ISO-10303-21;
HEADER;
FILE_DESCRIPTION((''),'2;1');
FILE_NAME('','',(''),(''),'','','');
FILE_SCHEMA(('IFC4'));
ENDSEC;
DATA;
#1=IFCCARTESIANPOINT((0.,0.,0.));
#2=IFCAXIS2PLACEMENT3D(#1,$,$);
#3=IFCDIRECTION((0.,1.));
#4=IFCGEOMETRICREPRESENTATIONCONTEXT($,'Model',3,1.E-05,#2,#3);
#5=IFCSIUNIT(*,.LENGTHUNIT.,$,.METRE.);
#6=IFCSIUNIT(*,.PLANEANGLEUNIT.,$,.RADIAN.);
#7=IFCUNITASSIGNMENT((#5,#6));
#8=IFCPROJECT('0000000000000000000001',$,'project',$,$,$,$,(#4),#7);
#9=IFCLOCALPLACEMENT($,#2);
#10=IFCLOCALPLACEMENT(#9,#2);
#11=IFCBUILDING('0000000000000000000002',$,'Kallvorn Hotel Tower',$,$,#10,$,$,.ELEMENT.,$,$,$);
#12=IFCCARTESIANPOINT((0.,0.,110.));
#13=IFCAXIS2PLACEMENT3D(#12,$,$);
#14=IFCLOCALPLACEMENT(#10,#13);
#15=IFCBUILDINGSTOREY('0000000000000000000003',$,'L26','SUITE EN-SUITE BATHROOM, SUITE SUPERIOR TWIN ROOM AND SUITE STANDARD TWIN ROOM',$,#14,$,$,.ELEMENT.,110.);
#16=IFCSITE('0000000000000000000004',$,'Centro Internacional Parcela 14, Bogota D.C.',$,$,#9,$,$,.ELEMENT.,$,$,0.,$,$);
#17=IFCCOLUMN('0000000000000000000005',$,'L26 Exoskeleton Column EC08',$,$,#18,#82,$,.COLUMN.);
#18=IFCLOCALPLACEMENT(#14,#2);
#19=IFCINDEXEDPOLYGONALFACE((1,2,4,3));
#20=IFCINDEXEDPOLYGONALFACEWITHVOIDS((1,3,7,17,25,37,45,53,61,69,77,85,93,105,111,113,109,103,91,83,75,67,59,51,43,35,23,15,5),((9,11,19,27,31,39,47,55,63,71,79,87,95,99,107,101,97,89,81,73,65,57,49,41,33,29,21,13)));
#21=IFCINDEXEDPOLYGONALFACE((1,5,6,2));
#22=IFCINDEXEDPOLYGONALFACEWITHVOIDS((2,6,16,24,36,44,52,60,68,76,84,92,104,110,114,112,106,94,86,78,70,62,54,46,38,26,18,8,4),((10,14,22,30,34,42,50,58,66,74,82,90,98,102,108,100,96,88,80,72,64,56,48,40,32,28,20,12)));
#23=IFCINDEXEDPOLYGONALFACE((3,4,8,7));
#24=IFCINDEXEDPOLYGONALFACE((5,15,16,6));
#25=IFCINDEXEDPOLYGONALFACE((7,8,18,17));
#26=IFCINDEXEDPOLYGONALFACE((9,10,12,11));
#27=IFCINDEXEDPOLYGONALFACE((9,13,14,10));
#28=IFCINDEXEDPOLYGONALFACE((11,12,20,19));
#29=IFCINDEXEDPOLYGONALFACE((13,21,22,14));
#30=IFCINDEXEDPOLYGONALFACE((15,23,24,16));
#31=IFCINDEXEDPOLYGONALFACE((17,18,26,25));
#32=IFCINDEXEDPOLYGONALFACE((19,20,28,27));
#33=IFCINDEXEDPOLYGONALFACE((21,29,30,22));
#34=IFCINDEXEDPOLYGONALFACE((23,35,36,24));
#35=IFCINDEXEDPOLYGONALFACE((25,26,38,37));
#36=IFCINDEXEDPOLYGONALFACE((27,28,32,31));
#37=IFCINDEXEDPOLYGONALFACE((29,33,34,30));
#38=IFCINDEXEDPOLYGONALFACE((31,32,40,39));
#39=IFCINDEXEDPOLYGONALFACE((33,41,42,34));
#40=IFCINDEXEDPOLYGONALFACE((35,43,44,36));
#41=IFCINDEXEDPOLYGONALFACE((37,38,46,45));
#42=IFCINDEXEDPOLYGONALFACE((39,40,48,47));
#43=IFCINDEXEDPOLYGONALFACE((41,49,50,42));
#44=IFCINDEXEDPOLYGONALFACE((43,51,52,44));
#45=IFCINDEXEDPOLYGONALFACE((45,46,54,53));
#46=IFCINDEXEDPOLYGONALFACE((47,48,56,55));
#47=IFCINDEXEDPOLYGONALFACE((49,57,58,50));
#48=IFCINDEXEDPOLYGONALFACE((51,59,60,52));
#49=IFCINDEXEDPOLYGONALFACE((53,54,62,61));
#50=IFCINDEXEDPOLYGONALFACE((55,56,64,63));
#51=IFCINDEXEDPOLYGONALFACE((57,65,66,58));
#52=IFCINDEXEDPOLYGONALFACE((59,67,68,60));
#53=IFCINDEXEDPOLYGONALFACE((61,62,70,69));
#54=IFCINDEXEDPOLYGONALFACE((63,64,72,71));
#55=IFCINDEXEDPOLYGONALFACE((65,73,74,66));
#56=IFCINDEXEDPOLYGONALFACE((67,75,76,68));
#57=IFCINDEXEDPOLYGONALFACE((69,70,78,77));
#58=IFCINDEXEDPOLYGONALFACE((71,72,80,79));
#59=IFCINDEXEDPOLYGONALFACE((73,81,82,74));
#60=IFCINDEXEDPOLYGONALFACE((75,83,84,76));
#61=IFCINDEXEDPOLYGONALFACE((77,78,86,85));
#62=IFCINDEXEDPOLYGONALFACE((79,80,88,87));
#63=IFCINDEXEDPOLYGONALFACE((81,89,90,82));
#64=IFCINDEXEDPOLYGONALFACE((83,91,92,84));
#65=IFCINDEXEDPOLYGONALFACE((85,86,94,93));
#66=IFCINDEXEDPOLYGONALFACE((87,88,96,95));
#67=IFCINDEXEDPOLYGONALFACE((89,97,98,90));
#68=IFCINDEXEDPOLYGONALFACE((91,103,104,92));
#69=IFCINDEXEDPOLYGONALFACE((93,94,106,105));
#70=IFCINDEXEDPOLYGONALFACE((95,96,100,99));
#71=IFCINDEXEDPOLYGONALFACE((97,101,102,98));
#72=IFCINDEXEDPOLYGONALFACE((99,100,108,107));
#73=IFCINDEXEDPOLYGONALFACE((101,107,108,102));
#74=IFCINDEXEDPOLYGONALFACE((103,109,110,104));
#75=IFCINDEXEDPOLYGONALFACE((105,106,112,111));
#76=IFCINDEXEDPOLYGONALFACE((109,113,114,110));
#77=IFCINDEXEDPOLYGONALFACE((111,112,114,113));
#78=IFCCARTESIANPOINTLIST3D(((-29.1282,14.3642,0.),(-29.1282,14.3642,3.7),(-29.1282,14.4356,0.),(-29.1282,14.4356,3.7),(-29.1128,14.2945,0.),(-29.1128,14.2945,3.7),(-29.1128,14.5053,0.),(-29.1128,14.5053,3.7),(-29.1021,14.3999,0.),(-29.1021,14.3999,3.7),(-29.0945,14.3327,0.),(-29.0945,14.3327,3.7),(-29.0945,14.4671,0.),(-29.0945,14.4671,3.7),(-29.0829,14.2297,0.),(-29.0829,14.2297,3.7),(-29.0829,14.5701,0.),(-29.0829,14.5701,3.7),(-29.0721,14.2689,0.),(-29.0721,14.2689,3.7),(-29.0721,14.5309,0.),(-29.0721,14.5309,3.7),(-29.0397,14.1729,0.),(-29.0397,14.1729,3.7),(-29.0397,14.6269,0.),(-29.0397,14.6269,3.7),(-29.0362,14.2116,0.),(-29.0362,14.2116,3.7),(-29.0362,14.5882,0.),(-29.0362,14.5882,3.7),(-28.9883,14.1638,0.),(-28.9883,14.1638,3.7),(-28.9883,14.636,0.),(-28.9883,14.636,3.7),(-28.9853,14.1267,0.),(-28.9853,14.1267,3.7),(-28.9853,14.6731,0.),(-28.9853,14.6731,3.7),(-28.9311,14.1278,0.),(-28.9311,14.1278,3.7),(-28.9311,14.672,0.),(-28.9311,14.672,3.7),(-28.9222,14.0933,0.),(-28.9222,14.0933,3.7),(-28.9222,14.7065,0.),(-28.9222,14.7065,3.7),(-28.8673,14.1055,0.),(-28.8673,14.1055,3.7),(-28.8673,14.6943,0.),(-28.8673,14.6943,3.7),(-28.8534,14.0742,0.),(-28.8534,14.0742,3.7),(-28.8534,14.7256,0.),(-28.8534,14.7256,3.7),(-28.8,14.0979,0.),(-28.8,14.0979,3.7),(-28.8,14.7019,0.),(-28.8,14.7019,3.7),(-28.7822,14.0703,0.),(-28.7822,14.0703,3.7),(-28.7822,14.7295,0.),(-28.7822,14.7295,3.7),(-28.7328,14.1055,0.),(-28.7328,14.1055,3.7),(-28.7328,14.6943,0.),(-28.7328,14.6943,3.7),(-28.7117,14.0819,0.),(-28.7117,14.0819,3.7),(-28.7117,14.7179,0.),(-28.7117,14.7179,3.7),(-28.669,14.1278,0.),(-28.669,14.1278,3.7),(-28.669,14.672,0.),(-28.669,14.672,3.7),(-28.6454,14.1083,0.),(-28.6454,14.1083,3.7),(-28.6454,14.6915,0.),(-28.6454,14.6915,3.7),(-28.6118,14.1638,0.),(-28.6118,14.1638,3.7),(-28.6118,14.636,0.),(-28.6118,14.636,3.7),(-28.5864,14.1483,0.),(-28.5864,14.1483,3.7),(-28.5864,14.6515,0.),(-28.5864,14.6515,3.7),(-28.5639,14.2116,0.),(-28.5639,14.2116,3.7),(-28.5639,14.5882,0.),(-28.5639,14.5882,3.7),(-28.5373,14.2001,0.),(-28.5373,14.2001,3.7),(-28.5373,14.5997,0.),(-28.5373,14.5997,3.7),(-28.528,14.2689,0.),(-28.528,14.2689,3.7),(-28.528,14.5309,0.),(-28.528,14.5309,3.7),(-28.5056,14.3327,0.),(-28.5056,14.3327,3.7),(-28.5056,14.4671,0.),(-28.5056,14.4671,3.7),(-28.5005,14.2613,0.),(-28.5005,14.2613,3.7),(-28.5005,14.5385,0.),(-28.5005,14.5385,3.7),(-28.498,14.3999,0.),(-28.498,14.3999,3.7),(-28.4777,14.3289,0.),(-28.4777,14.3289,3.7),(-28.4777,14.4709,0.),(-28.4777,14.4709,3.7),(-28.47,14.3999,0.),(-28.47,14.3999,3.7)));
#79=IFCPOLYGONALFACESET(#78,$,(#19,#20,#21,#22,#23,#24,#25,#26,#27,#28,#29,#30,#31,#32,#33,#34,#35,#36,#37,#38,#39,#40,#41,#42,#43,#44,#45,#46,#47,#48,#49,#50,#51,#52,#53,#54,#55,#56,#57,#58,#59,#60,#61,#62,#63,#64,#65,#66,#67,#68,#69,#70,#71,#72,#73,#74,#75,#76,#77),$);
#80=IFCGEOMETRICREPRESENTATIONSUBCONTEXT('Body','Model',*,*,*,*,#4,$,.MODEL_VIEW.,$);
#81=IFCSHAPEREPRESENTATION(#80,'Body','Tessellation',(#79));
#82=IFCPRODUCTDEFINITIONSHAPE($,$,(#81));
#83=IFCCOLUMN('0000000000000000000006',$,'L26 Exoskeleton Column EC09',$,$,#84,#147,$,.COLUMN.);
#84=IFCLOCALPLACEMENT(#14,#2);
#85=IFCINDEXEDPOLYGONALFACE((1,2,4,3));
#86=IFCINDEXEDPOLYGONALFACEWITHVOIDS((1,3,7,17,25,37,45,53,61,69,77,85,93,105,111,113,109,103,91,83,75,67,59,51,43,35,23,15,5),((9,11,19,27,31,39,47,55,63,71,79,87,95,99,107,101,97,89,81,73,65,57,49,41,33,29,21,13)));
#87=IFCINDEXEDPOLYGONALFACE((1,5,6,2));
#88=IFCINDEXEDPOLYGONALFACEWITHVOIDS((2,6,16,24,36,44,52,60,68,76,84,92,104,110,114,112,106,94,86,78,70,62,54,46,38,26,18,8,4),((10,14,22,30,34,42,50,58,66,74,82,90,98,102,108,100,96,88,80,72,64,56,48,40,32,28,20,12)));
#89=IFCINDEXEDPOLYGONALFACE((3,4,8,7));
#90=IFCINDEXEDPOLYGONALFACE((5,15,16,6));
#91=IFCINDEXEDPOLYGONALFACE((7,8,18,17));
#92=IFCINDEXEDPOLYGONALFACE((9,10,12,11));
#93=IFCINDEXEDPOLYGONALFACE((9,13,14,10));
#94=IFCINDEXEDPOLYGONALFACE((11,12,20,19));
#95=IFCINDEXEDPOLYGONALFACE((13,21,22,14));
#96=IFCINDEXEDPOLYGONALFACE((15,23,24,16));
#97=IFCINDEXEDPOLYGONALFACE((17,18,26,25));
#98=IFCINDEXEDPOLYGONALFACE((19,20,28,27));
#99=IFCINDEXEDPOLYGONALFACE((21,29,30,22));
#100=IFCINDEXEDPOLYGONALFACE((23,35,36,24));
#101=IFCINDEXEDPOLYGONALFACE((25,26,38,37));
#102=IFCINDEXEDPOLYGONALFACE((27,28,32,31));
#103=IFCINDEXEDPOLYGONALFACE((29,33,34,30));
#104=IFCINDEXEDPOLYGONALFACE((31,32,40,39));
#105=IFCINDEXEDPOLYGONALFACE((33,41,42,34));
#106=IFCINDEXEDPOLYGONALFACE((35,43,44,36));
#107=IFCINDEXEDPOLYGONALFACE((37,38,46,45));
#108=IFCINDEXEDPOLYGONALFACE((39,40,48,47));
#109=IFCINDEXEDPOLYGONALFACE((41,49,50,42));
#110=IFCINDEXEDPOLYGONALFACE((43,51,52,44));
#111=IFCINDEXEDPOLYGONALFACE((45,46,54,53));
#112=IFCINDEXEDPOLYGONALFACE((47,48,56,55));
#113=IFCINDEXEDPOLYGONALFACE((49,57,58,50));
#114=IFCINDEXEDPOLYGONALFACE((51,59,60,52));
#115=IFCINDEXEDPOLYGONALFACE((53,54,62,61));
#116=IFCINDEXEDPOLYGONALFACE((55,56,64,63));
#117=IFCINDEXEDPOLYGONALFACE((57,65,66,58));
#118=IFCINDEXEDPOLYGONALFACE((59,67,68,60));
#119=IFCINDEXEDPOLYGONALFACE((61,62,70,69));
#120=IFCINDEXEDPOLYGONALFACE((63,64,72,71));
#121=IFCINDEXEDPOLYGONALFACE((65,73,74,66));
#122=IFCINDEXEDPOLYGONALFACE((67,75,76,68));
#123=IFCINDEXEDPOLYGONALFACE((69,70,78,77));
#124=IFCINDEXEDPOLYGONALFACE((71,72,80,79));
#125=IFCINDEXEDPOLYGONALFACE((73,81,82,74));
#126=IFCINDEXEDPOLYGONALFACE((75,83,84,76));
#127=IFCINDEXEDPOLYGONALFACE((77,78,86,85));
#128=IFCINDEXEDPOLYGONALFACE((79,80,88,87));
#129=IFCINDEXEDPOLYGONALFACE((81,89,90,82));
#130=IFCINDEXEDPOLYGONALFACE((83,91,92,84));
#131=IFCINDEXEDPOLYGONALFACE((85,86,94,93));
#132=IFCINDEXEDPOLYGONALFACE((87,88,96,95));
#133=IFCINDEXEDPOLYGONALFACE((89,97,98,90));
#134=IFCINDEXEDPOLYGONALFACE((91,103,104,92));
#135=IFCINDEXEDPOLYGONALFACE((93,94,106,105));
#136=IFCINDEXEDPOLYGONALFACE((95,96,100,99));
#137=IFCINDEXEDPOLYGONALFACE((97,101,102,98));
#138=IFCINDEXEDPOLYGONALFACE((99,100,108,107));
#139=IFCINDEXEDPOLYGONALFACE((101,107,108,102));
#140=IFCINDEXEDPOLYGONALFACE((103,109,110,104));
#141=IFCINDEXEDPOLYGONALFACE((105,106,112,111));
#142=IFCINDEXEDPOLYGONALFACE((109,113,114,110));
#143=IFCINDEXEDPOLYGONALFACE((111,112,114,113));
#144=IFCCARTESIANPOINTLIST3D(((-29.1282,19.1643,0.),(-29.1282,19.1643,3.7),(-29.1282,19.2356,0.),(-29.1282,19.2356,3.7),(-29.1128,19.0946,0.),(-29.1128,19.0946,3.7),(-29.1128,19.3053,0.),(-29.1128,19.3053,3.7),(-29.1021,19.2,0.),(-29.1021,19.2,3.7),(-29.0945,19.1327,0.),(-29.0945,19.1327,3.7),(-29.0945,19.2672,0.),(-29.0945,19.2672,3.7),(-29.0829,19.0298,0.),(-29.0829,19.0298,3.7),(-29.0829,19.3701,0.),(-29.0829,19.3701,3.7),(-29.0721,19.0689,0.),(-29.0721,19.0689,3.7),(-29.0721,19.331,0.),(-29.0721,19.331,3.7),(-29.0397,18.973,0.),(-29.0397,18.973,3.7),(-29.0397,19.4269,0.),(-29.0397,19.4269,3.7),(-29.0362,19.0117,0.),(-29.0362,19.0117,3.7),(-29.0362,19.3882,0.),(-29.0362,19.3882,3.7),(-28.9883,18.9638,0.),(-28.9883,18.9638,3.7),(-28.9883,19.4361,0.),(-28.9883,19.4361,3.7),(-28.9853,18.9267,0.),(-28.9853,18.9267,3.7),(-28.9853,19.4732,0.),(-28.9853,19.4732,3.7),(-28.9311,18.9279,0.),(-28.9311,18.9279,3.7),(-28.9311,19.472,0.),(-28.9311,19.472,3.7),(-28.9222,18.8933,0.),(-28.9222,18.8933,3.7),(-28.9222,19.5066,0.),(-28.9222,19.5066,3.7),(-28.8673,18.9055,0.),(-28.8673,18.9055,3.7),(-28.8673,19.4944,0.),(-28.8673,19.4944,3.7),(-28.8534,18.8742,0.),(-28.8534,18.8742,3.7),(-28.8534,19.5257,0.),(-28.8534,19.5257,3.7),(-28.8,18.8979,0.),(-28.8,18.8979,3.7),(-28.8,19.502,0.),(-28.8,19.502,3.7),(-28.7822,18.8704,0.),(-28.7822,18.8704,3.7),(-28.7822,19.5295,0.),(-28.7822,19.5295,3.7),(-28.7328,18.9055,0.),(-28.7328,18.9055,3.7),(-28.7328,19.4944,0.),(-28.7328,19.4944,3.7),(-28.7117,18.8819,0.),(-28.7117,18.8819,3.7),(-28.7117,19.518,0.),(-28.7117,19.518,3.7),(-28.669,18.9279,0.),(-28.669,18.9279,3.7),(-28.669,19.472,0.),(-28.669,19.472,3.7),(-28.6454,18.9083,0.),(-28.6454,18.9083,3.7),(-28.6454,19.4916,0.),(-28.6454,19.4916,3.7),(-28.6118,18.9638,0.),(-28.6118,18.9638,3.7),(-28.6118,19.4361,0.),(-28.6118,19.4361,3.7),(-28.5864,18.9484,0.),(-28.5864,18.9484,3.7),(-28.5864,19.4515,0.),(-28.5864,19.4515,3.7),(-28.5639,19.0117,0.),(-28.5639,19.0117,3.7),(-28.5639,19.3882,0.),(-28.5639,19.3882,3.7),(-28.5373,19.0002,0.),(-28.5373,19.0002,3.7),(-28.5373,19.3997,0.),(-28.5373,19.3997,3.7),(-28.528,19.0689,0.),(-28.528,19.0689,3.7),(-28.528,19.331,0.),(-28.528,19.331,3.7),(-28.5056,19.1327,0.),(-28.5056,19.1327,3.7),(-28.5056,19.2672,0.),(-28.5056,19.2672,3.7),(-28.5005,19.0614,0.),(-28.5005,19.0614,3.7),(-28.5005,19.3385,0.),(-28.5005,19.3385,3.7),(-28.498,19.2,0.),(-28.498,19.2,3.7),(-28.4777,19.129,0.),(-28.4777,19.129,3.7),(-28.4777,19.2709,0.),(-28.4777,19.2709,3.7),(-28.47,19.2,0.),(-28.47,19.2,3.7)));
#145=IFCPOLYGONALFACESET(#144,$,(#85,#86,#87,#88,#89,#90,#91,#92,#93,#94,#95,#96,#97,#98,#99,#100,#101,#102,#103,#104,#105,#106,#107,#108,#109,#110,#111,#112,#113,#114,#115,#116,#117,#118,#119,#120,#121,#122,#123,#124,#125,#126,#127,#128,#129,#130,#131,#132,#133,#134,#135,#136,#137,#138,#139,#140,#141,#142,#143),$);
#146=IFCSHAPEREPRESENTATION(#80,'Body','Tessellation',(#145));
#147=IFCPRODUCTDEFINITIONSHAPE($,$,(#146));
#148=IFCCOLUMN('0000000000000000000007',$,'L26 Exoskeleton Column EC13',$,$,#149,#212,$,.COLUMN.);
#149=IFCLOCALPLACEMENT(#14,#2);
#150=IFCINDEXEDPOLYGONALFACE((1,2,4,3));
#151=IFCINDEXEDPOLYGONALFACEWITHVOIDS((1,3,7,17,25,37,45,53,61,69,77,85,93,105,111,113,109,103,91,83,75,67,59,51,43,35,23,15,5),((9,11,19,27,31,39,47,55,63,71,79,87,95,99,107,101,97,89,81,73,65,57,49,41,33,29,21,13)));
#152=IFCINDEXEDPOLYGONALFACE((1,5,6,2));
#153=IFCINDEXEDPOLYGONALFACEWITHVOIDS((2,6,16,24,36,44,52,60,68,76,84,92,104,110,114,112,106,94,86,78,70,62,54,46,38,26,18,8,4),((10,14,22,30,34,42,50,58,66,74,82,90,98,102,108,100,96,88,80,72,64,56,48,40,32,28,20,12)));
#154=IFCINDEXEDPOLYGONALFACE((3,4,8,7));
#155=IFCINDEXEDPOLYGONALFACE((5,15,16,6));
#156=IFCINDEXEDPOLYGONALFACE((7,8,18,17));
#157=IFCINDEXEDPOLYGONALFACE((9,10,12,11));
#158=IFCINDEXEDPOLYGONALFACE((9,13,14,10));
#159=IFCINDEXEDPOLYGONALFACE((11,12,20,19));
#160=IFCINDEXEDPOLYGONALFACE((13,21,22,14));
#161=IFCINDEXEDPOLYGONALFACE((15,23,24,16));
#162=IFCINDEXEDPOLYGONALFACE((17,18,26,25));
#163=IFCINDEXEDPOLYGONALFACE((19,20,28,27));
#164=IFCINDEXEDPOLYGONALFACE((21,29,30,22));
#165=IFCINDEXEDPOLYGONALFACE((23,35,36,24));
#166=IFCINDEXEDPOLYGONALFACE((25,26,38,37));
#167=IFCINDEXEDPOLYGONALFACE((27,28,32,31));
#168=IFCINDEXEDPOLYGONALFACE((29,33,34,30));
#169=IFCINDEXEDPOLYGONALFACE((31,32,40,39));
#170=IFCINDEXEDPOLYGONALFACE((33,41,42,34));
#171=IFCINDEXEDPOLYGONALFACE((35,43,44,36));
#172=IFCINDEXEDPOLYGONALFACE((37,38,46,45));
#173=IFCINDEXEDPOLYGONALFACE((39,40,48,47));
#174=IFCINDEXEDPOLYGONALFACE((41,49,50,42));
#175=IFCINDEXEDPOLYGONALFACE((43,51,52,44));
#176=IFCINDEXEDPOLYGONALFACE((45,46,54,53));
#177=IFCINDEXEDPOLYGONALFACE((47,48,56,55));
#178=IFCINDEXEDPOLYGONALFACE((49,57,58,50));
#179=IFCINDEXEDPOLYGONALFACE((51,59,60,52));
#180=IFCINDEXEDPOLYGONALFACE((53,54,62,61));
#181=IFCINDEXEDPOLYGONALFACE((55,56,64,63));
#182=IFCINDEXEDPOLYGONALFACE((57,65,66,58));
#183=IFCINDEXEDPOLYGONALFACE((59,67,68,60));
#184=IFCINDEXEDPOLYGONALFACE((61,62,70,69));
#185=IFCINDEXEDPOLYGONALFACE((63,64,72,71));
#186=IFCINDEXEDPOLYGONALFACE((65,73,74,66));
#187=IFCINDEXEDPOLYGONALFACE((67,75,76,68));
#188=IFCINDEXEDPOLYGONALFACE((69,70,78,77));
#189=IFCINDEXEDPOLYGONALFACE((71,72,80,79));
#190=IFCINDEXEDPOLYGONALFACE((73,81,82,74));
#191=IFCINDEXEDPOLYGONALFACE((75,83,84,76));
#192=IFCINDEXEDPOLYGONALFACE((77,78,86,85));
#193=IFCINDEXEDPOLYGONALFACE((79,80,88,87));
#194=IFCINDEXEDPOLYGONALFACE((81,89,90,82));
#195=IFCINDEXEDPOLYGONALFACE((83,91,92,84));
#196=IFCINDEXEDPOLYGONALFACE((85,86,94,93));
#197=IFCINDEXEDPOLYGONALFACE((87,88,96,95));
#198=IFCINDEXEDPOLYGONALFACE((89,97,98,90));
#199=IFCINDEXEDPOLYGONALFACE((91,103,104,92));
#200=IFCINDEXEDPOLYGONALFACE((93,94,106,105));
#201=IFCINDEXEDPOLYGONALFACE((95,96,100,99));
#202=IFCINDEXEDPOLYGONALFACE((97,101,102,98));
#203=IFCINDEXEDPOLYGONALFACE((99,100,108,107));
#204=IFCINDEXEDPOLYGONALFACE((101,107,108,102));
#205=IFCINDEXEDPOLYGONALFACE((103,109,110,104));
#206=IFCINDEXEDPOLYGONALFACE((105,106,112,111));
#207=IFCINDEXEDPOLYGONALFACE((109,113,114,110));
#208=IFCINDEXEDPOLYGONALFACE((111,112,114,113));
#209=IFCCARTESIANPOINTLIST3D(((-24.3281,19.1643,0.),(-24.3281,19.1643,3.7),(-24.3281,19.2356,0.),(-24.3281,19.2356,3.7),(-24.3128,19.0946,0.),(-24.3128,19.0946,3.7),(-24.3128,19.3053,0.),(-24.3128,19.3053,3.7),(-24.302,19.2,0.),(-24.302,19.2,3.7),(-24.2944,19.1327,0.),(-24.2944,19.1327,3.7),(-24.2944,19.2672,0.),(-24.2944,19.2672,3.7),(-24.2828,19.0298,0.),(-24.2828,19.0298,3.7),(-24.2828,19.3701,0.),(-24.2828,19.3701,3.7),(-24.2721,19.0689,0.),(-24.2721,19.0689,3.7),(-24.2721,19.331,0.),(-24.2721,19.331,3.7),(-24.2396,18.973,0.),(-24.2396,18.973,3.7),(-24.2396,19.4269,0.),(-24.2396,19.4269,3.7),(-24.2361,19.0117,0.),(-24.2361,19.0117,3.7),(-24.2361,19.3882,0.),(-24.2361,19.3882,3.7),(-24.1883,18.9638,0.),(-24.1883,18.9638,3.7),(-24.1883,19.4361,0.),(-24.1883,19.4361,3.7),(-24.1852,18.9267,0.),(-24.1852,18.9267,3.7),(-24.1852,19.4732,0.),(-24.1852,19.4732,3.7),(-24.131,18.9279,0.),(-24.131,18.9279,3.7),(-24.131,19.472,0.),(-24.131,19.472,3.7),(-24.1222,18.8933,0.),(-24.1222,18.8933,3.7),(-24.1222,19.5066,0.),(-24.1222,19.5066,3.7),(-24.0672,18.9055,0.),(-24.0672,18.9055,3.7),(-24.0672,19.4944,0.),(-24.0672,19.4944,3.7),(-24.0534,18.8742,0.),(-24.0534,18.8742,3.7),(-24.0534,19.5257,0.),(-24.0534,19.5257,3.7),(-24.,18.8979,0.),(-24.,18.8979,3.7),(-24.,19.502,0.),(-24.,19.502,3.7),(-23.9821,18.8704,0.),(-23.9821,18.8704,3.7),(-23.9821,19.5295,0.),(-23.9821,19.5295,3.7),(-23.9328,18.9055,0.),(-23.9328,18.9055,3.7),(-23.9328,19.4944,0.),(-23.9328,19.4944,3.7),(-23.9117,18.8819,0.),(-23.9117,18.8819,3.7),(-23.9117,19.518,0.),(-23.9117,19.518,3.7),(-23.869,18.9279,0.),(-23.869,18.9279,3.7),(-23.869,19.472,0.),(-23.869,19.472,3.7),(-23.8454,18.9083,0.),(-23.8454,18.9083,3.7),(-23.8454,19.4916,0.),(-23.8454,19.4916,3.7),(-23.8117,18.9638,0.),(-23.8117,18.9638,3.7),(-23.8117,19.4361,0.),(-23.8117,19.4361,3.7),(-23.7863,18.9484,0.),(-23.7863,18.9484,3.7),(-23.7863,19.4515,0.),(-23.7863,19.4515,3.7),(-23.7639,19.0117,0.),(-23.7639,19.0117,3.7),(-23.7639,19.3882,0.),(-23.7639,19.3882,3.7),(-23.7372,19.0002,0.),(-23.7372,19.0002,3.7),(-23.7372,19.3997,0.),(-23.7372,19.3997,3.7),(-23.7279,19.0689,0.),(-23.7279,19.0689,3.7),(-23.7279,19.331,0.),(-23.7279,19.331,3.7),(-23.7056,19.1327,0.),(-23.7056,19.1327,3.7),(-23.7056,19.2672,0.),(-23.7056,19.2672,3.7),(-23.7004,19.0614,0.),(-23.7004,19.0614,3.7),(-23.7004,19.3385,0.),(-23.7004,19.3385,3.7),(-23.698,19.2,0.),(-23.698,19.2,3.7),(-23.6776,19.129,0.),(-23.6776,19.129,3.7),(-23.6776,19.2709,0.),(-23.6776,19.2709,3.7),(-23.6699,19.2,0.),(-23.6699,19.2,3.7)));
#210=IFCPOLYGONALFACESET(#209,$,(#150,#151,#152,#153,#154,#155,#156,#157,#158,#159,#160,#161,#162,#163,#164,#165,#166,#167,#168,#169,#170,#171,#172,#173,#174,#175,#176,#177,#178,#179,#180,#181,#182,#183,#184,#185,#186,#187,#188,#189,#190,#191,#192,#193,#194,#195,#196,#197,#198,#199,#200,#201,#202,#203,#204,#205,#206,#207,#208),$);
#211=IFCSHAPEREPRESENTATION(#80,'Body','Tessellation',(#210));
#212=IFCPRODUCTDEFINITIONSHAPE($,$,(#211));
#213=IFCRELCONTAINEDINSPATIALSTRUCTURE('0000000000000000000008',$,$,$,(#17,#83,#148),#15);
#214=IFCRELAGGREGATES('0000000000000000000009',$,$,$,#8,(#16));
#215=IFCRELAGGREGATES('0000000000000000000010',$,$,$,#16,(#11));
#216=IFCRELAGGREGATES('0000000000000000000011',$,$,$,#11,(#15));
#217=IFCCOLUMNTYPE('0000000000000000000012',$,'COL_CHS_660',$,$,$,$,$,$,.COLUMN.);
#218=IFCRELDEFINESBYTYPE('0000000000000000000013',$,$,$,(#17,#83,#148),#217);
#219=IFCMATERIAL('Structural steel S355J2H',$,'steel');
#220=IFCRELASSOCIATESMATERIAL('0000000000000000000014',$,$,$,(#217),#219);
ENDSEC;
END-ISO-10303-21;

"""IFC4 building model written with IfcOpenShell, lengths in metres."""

from ifc_helpers import new_model, si_unit, direction, frame, origin, origin_2d, place, context, subcontext, project, spatial, hollow_circle, extrude, material, material_profile, profile_set, type_object, element, save


model = new_model("IFC4")

# Units and contexts
model_context = context("Model", 3, precision=1e-05, world=origin(), true_north=direction((0.0, 1.0)))
body_context = subcontext(model_context, "Body", "Model", "MODEL_VIEW")
ifc_project = project(units=[si_unit("LENGTHUNIT", "METRE"), si_unit("PLANEANGLEUNIT", "RADIAN")], contexts=[model_context])

# Site, building, storey
site_placement = place(None, origin())
site = spatial("IfcSite", under=ifc_project, at=site_placement, Name="Centro Internacional Parcela 14, Bogota D.C.", CompositionType="ELEMENT", RefElevation=0.0)
building_placement = place(site_placement, origin())
building = spatial("IfcBuilding", under=site, at=building_placement, Name="Kallvorn Hotel Tower", CompositionType="ELEMENT")
storey_placement = place(building_placement, frame((0.0, 0.0, 110.0)))
storey = spatial("IfcBuildingStorey", under=building, at=storey_placement, Name="L26", Description="SUITE EN-SUITE BATHROOM, SUITE SUPERIOR TWIN ROOM AND SUITE STANDARD TWIN ROOM", CompositionType="ELEMENT", Elevation=110.0)

# Columns
ifc_material_1 = material(Name="Structural steel S355J2H", Category="steel")
ifc_material_profile_1 = material_profile(ifc_material_1, hollow_circle(Radius=0.3301, WallThickness=0.0281, at=origin_2d()), Name="CHS 660x28")
ifc_profile_set_1 = profile_set([ifc_material_profile_1], Name="Structural steel S355J2H")
column_type_1 = type_object("IfcColumnType", Name="COL_CHS_660", PredefinedType="COLUMN", material=ifc_profile_set_1)
for number, where, z_axis, x_axis, name in (
    (1, (-28.8, 14.3999, 0.0), (0.0, 0.0, 1.0), (1.0, 0.0, 0.0), "L26 Exoskeleton Column EC08"),
    (2, (-28.8, 19.2, 0.0), (0.0, 0.0, 1.0), (1.0, 0.0, 0.0), "L26 Exoskeleton Column EC09"),
    (3, (-24.0, 19.2, 0.0), (0.0, 0.0, 1.0), (1.0, 0.0, 0.0), "L26 Exoskeleton Column EC13"),
):
    element("IfcColumn", number, at=place(storey_placement, frame(where, z_axis=z_axis, x_axis=x_axis)), inside=storey, type_object=column_type_1, Name=name, PredefinedType="COLUMN", context=body_context, shape_type="SweptSolid", body=[
        extrude(hollow_circle(Radius=0.3301, WallThickness=0.0281, at=origin_2d()), origin(), (0.0, 0.0, 1.0), 3.7),
    ])

save(model, "model.ifc")
